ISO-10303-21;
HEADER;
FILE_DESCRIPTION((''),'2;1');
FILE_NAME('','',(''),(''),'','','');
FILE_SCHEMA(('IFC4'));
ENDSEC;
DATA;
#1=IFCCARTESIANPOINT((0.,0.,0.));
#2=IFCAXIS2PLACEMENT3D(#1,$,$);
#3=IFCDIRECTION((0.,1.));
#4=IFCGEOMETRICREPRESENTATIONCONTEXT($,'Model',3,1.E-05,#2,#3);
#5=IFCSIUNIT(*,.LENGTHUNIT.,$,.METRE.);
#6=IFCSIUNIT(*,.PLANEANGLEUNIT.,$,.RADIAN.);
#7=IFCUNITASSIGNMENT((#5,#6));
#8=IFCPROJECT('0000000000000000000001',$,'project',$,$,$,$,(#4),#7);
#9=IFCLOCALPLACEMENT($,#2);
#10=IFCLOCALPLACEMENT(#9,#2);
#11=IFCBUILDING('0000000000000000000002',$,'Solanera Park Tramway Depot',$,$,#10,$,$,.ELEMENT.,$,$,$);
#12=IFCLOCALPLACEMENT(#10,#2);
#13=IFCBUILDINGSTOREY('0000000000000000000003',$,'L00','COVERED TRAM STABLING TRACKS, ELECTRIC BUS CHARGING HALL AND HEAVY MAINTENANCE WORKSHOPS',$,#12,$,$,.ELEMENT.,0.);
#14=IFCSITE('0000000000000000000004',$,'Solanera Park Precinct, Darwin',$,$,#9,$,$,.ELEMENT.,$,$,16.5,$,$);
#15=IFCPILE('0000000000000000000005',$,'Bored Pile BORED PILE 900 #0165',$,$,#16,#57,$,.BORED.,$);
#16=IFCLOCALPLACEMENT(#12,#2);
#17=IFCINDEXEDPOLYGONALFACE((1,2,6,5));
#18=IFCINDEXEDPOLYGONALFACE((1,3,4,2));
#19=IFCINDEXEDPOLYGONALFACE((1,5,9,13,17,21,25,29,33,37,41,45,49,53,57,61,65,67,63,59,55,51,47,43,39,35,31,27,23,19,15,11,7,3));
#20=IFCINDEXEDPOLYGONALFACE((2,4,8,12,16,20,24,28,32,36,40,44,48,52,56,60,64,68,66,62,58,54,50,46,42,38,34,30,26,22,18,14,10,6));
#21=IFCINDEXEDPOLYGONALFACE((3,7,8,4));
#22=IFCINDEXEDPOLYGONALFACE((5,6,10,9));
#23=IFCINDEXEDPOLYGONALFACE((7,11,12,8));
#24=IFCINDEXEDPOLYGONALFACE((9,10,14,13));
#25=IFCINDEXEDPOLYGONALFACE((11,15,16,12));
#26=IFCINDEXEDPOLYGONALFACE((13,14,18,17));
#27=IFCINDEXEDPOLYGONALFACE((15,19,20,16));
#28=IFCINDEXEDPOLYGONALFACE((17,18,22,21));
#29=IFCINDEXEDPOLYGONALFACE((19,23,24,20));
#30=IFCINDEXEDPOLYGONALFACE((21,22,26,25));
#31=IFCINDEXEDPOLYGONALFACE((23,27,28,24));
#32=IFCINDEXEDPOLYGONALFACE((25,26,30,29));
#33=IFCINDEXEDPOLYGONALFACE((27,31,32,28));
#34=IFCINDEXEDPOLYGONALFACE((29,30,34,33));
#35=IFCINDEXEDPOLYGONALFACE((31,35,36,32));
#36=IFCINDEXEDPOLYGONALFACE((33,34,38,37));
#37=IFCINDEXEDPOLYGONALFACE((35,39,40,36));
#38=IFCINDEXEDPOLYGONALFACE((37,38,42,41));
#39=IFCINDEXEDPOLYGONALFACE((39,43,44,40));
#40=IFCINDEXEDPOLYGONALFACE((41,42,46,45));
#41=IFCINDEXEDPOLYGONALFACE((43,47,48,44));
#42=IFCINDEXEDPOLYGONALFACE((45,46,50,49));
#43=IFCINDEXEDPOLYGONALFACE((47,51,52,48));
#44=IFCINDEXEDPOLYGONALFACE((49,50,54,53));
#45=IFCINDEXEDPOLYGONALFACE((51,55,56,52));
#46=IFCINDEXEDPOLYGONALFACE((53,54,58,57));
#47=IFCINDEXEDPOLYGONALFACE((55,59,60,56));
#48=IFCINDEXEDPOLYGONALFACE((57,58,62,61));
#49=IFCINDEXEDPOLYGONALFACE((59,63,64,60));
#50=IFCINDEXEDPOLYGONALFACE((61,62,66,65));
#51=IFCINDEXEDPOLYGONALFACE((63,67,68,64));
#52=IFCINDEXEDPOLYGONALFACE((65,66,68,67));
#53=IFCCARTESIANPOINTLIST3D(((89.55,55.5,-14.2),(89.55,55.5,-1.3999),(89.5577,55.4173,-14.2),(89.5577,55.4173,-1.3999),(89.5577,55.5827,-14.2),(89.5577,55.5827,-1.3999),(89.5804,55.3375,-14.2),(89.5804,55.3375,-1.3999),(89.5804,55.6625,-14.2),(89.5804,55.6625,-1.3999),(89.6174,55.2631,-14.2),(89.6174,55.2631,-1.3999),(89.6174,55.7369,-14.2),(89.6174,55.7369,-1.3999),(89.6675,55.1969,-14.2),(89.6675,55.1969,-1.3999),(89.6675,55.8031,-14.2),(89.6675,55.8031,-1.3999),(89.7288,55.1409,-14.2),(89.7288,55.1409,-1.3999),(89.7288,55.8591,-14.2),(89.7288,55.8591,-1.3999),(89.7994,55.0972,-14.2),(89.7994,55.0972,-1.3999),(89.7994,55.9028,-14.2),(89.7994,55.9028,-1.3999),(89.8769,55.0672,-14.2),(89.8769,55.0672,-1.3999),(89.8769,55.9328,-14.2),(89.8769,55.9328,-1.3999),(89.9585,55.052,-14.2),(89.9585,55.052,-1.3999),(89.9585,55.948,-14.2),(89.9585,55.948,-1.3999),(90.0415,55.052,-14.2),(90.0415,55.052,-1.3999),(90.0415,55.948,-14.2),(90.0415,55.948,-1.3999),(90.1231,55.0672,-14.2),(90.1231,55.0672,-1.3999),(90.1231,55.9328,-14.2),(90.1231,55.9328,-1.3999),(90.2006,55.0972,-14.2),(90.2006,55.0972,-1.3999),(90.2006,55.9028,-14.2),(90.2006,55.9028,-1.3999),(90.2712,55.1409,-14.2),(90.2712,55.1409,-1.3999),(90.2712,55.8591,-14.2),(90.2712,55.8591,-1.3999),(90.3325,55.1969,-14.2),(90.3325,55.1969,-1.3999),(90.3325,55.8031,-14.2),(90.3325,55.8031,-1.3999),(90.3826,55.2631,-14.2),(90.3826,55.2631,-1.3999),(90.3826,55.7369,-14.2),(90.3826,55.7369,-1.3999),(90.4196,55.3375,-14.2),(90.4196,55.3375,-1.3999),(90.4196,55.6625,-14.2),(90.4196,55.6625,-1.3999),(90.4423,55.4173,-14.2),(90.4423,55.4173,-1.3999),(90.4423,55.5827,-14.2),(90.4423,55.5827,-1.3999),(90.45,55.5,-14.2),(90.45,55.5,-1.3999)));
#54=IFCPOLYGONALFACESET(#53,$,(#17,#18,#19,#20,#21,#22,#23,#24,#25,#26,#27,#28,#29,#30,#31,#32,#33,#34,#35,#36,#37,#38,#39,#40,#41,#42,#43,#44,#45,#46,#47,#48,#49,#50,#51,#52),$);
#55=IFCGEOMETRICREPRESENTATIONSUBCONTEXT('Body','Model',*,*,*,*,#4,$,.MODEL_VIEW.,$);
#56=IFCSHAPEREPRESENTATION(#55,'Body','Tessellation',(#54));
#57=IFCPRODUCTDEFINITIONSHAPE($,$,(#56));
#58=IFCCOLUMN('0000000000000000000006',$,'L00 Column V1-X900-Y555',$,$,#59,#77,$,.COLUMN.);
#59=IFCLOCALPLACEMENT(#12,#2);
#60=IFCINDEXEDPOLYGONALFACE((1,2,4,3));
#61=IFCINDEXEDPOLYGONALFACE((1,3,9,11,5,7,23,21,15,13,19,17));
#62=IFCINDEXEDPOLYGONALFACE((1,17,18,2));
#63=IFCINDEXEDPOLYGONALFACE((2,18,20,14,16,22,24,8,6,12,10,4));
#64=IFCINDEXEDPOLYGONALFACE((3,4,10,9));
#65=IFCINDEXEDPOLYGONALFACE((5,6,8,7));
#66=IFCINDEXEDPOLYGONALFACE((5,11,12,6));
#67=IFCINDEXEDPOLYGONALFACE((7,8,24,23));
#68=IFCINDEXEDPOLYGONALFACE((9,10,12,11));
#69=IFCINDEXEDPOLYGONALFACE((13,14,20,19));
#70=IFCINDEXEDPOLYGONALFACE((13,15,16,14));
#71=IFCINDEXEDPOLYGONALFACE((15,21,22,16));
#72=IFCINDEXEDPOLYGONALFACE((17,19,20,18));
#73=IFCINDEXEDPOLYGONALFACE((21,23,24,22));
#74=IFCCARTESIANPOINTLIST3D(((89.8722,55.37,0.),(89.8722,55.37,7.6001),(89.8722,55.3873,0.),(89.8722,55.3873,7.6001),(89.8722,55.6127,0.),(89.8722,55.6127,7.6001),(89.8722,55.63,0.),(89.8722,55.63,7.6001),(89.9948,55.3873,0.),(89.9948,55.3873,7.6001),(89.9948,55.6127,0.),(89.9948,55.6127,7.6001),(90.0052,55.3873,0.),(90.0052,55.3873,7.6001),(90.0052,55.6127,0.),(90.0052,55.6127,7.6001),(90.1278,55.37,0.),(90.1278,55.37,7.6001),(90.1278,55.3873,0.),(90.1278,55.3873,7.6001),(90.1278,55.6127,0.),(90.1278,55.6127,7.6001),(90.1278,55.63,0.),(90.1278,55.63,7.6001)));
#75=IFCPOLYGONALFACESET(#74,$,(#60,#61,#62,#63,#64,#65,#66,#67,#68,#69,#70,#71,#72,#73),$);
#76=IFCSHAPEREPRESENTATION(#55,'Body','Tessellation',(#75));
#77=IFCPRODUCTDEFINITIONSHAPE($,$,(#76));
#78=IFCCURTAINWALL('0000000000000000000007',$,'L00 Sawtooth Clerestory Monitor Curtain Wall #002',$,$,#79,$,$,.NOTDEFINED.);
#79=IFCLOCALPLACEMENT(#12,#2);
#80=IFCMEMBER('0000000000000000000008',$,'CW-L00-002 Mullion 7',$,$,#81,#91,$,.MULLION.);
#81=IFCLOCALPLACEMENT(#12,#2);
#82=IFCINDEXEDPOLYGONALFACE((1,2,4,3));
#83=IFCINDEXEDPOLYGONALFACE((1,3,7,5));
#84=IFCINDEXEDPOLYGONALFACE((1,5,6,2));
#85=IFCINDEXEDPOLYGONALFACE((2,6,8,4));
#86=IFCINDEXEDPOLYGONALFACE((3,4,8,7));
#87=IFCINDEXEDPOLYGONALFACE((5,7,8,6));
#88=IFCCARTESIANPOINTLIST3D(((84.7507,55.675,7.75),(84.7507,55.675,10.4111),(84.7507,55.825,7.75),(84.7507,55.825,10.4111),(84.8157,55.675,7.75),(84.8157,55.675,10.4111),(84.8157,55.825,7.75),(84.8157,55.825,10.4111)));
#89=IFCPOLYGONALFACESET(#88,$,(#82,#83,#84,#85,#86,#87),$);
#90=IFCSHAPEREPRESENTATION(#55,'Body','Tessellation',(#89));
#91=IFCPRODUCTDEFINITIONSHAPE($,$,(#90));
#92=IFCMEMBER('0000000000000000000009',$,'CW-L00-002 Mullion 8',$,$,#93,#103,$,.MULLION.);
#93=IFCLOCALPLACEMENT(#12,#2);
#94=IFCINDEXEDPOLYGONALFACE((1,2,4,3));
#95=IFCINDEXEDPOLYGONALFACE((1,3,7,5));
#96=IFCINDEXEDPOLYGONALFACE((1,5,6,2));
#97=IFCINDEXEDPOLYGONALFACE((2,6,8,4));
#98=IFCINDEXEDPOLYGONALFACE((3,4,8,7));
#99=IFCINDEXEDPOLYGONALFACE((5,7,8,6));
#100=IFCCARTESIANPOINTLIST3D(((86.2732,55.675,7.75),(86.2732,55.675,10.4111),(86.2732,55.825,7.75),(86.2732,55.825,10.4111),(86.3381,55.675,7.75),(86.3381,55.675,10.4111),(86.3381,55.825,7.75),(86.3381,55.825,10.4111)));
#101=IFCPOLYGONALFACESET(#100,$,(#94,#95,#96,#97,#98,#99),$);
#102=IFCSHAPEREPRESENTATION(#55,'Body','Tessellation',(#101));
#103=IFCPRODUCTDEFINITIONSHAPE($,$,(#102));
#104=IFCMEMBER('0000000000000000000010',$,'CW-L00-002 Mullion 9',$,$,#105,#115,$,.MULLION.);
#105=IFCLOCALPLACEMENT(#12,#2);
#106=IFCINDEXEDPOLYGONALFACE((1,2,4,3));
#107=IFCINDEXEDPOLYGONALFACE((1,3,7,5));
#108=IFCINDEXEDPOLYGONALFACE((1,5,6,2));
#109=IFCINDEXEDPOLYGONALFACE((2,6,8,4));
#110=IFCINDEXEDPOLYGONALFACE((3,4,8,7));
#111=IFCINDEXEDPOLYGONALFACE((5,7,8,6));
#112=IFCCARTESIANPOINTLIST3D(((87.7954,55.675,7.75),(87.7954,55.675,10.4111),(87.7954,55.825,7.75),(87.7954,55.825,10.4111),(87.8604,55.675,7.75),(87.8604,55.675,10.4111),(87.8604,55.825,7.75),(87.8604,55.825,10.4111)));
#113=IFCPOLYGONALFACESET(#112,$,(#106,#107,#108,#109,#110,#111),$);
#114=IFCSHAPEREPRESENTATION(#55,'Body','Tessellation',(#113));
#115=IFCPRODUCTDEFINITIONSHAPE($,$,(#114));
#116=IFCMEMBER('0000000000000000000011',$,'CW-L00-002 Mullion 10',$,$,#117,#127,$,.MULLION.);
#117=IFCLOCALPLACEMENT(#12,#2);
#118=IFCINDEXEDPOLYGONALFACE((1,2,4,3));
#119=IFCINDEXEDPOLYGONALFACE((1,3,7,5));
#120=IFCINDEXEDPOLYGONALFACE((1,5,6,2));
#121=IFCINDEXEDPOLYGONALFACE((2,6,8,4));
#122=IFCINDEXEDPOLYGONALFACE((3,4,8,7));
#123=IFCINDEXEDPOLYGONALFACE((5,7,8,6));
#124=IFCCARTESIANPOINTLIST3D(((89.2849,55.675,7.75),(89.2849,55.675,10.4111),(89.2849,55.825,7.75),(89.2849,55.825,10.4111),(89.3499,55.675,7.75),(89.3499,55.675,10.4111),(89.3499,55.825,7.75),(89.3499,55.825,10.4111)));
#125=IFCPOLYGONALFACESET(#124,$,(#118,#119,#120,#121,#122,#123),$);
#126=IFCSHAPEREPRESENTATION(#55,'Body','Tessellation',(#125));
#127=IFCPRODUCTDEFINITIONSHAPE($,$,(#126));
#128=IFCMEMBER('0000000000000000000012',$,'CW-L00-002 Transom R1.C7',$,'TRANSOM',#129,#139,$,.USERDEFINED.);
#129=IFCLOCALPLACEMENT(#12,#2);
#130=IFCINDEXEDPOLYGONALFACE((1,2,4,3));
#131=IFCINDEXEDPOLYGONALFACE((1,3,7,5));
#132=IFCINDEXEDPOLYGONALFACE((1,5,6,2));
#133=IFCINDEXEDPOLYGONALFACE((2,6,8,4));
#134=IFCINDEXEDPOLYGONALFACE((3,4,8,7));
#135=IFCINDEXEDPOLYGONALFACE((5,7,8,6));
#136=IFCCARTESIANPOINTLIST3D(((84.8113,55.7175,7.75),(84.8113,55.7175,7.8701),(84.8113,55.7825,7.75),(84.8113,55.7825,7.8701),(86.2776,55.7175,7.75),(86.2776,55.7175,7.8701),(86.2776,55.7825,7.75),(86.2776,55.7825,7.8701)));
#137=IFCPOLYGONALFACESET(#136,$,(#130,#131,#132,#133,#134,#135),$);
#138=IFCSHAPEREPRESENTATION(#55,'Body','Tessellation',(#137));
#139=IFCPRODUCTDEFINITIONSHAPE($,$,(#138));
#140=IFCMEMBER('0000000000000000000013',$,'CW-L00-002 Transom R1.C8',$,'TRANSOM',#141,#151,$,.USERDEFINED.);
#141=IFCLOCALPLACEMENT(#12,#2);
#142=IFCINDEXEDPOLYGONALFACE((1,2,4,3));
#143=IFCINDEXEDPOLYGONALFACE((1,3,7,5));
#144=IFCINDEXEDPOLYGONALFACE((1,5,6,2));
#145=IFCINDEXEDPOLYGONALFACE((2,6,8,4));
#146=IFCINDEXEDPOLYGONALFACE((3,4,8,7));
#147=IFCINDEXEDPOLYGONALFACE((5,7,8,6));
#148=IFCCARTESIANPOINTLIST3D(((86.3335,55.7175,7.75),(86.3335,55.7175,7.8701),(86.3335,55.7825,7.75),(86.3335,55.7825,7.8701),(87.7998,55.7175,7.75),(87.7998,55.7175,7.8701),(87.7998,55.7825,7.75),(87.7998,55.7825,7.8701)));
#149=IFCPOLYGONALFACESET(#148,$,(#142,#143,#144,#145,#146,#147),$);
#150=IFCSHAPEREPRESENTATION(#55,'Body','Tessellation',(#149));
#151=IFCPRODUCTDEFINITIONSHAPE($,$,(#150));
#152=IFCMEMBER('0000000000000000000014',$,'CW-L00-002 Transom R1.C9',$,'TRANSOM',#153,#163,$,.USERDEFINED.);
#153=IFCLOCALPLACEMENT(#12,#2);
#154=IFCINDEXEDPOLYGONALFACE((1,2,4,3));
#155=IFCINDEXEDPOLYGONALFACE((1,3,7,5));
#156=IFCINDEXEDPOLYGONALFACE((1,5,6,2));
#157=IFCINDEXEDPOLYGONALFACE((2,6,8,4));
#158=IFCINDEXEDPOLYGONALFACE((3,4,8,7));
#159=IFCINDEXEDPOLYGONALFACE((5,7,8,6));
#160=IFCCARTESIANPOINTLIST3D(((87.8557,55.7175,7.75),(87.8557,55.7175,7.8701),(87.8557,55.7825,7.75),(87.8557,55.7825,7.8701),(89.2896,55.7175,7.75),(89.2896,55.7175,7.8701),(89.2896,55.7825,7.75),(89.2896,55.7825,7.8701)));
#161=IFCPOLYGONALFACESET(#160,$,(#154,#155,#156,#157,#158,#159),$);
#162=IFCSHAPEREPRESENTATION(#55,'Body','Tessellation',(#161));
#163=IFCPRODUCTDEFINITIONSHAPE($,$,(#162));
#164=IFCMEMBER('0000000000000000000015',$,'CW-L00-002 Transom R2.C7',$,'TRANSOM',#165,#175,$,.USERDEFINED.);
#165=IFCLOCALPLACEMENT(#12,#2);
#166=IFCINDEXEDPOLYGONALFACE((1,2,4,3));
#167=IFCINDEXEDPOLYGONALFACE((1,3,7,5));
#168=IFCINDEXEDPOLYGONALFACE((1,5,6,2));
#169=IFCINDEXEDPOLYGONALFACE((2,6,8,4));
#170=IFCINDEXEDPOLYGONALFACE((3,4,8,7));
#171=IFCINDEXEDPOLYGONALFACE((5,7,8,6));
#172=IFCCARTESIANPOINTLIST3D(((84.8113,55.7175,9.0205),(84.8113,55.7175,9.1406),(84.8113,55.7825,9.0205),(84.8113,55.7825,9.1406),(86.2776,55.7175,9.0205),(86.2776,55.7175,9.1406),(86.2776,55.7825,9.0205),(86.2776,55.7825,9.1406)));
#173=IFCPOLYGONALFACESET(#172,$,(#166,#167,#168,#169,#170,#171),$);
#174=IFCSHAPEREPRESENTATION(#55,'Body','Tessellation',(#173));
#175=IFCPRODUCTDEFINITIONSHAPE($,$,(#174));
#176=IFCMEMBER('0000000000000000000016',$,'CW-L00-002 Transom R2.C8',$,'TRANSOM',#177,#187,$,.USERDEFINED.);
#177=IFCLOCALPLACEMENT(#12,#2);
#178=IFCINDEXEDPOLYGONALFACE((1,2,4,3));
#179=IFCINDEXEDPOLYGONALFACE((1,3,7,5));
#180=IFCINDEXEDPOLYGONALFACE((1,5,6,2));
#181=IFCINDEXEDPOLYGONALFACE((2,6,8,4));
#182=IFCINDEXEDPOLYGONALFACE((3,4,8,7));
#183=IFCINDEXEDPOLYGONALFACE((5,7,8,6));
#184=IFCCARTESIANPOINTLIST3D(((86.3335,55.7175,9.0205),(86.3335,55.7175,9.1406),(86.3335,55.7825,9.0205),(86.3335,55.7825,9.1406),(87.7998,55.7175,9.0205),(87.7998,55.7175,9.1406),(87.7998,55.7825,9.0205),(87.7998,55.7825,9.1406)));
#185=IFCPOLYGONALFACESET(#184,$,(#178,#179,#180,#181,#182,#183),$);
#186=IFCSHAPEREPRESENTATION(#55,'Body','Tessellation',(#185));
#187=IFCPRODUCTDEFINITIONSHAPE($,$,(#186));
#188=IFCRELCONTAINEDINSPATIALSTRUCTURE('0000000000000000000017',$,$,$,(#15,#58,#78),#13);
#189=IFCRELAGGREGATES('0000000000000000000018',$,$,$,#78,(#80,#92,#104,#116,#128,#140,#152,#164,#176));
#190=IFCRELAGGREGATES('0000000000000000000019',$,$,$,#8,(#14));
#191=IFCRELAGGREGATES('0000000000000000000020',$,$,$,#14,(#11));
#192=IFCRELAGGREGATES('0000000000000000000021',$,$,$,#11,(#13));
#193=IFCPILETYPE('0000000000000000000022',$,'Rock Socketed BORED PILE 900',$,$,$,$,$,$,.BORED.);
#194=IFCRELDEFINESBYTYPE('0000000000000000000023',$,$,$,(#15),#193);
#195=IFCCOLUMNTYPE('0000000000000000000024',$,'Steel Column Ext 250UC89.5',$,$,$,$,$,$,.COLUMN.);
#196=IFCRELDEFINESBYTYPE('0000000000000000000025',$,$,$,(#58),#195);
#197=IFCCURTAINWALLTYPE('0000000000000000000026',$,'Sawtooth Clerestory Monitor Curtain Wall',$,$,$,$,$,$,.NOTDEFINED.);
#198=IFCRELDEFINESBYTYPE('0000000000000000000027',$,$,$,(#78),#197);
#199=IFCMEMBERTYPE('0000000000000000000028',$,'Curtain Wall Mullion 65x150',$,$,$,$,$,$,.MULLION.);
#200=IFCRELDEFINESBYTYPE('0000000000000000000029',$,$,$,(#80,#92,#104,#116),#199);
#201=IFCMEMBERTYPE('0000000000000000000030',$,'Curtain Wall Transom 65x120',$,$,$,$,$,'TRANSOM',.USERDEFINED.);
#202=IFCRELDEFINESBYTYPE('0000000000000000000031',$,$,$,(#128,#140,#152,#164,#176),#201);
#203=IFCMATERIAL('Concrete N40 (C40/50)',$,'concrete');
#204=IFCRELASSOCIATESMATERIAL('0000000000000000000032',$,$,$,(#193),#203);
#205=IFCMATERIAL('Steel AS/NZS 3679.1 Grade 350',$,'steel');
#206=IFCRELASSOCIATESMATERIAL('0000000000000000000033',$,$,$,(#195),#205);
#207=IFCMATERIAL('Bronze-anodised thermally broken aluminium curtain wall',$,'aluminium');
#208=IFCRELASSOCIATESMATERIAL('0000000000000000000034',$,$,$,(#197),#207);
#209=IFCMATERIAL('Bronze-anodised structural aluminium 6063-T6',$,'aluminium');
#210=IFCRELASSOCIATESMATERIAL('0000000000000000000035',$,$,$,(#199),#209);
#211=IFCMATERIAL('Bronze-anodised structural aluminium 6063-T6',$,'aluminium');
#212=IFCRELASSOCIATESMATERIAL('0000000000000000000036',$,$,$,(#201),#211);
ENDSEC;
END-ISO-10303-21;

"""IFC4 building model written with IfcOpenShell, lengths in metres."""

from ifc_helpers import new_model, si_unit, direction, frame, origin, origin_2d, place, context, subcontext, project, spatial, rectangle, circle, i_section, extrude, material, material_profile, profile_set, type_object, element, aggregate, save


model = new_model("IFC4")

# Units and contexts
model_context = context("Model", 3, precision=1e-05, world=origin(), true_north=direction((0.0, 1.0)))
body_context = subcontext(model_context, "Body", "Model", "MODEL_VIEW")
ifc_project = project(units=[si_unit("LENGTHUNIT", "METRE"), si_unit("PLANEANGLEUNIT", "RADIAN")], contexts=[model_context])

# Site, building, storey
site_placement = place(None, origin())
site = spatial("IfcSite", under=ifc_project, at=site_placement, Name="Solanera Park Precinct, Darwin", CompositionType="ELEMENT", RefElevation=16.5)
building_placement = place(site_placement, origin())
building = spatial("IfcBuilding", under=site, at=building_placement, Name="Solanera Park Tramway Depot", CompositionType="ELEMENT")
storey_placement = place(building_placement, origin())
storey = spatial("IfcBuildingStorey", under=building, at=storey_placement, Name="L00", Description="COVERED TRAM STABLING TRACKS, ELECTRIC BUS CHARGING HALL AND HEAVY MAINTENANCE WORKSHOPS", CompositionType="ELEMENT", Elevation=0.0)

# Pile
ifc_material_1 = material(Name="Concrete N40 (C40/50)", Category="concrete")
ifc_material_profile_1 = material_profile(ifc_material_1, circle(Radius=0.45, at=origin_2d()), Name="BORED PILE 900")
ifc_profile_set_1 = profile_set([ifc_material_profile_1], Name="Concrete N40 (C40/50)")
pile_type = type_object("IfcPileType", Name="Rock Socketed BORED PILE 900", PredefinedType="BORED", material=ifc_profile_set_1)
pile_placement = place(storey_placement, frame((90.0, 55.5, -1.3999), z_axis=(0.0, 0.0, -1.0), x_axis=(1.0, 0.0, 0.0)))
element("IfcPile", 1, at=pile_placement, inside=storey, type_object=pile_type, Name="Bored Pile BORED PILE 900 #0165", PredefinedType="BORED", context=body_context, shape_type="SweptSolid", body=[
    extrude(circle(Radius=0.45, at=origin_2d()), origin(), (0.0, 0.0, 1.0), 12.8),
])

# Column
ifc_material_2 = material(Name="Steel AS/NZS 3679.1 Grade 350", Category="steel")
ifc_material_profile_2 = material_profile(ifc_material_2, i_section(OverallWidth=0.2556, OverallDepth=0.26, WebThickness=0.0105, FlangeThickness=0.0173, at=origin_2d()), Name="250UC89.5")
ifc_profile_set_2 = profile_set([ifc_material_profile_2], Name="Steel AS/NZS 3679.1 Grade 350")
column_type = type_object("IfcColumnType", Name="Steel Column Ext 250UC89.5", PredefinedType="COLUMN", material=ifc_profile_set_2)
column_placement = place(storey_placement, frame((90.0, 55.5, 0.0), z_axis=(0.0, 0.0, 1.0), x_axis=(1.0, 0.0, 0.0)))
element("IfcColumn", 2, at=column_placement, inside=storey, type_object=column_type, Name="L00 Column V1-X900-Y555", PredefinedType="COLUMN", context=body_context, shape_type="SweptSolid", body=[
    extrude(i_section(OverallWidth=0.2556, OverallDepth=0.26, WebThickness=0.0105, FlangeThickness=0.0173, at=origin_2d()), origin(), (0.0, 0.0, 1.0), 7.6001),
])

# Curtain wall, members
ifc_material_3 = material(Name="Bronze-anodised thermally broken aluminium curtain wall", Category="aluminium")
curtain_wall_type = type_object("IfcCurtainWallType", Name="Sawtooth Clerestory Monitor Curtain Wall", PredefinedType="NOTDEFINED", material=ifc_material_3)
curtain_wall_placement = place(storey_placement, origin())
curtain_wall = element("IfcCurtainWall", 3, at=curtain_wall_placement, inside=storey, type_object=curtain_wall_type, Name="L00 Sawtooth Clerestory Monitor Curtain Wall #002", PredefinedType="NOTDEFINED")
ifc_material_4 = material(Name="Bronze-anodised structural aluminium 6063-T6", Category="aluminium")
ifc_material_profile_3 = material_profile(ifc_material_4, rectangle(XDim=0.0649, YDim=0.1499, at=origin_2d()), Name="Curtain Wall Mullion 65x150")
ifc_profile_set_3 = profile_set([ifc_material_profile_3], Name="Bronze-anodised structural aluminium 6063-T6")
member_type_1 = type_object("IfcMemberType", Name="Curtain Wall Mullion 65x150", PredefinedType="MULLION", material=ifc_profile_set_3)
member_1_placement = place(storey_placement, frame((84.7832, 55.75, 7.75), z_axis=(0.0, 0.0, 1.0), x_axis=(1.0, 0.0, 0.0)))
member_1 = element("IfcMember", 4, at=member_1_placement, type_object=member_type_1, Name="CW-L00-002 Mullion 7", PredefinedType="MULLION", context=body_context, shape_type="SweptSolid", body=[
    extrude(rectangle(XDim=0.0649, YDim=0.1499, at=origin_2d()), origin(), (0.0, 0.0, 1.0), 2.6611),
])
member_2_placement = place(storey_placement, frame((86.3057, 55.75, 7.75), z_axis=(0.0, 0.0, 1.0), x_axis=(1.0, 0.0, 0.0)))
member_2 = element("IfcMember", 5, at=member_2_placement, type_object=member_type_1, Name="CW-L00-002 Mullion 8", PredefinedType="MULLION", context=body_context, shape_type="SweptSolid", body=[
    extrude(rectangle(XDim=0.0649, YDim=0.1499, at=origin_2d()), origin(), (0.0, 0.0, 1.0), 2.6611),
])
member_3_placement = place(storey_placement, frame((87.8279, 55.75, 7.75), z_axis=(0.0, 0.0, 1.0), x_axis=(1.0, 0.0, 0.0)))
member_3 = element("IfcMember", 6, at=member_3_placement, type_object=member_type_1, Name="CW-L00-002 Mullion 9", PredefinedType="MULLION", context=body_context, shape_type="SweptSolid", body=[
    extrude(rectangle(XDim=0.0649, YDim=0.1499, at=origin_2d()), origin(), (0.0, 0.0, 1.0), 2.6611),
])
member_4_placement = place(storey_placement, frame((89.3174, 55.75, 7.75), z_axis=(0.0, 0.0, 1.0), x_axis=(1.0, 0.0, 0.0)))
member_4 = element("IfcMember", 7, at=member_4_placement, type_object=member_type_1, Name="CW-L00-002 Mullion 10", PredefinedType="MULLION", context=body_context, shape_type="SweptSolid", body=[
    extrude(rectangle(XDim=0.0649, YDim=0.1499, at=origin_2d()), origin(), (0.0, 0.0, 1.0), 2.6611),
])
ifc_material_5 = material(Name="Bronze-anodised structural aluminium 6063-T6", Category="aluminium")
ifc_material_profile_4 = material_profile(ifc_material_5, rectangle(XDim=0.0649, YDim=0.1201, at=origin_2d()), Name="Curtain Wall Transom 65x120")
ifc_profile_set_4 = profile_set([ifc_material_profile_4], Name="Bronze-anodised structural aluminium 6063-T6")
member_type_2 = type_object("IfcMemberType", Name="Curtain Wall Transom 65x120", ElementType="TRANSOM", PredefinedType="USERDEFINED", material=ifc_profile_set_4)
member_5_placement = place(storey_placement, frame((84.8113, 55.75, 7.8101), z_axis=(1.0, 0.0, 0.0), x_axis=(0.0, 1.0, 0.0)))
member_5 = element("IfcMember", 8, at=member_5_placement, type_object=member_type_2, Name="CW-L00-002 Transom R1.C7", ObjectType="TRANSOM", PredefinedType="USERDEFINED", context=body_context, shape_type="SweptSolid", body=[
    extrude(rectangle(XDim=0.0649, YDim=0.1201, at=origin_2d()), origin(), (0.0, 0.0, 1.0), 1.4663),
])
member_6_placement = place(storey_placement, frame((86.3335, 55.75, 7.8101), z_axis=(1.0, 0.0, 0.0), x_axis=(0.0, 1.0, 0.0)))
member_6 = element("IfcMember", 9, at=member_6_placement, type_object=member_type_2, Name="CW-L00-002 Transom R1.C8", ObjectType="TRANSOM", PredefinedType="USERDEFINED", context=body_context, shape_type="SweptSolid", body=[
    extrude(rectangle(XDim=0.0649, YDim=0.1201, at=origin_2d()), origin(), (0.0, 0.0, 1.0), 1.4663),
])
member_7_placement = place(storey_placement, frame((87.8557, 55.75, 7.8101), z_axis=(1.0, 0.0, 0.0), x_axis=(0.0, 1.0, 0.0)))
member_7 = element("IfcMember", 10, at=member_7_placement, type_object=member_type_2, Name="CW-L00-002 Transom R1.C9", ObjectType="TRANSOM", PredefinedType="USERDEFINED", context=body_context, shape_type="SweptSolid", body=[
    extrude(rectangle(XDim=0.0649, YDim=0.1201, at=origin_2d()), origin(), (0.0, 0.0, 1.0), 1.4338),
])
member_8_placement = place(storey_placement, frame((84.8113, 55.75, 9.0806), z_axis=(1.0, 0.0, 0.0), x_axis=(0.0, 1.0, 0.0)))
member_8 = element("IfcMember", 11, at=member_8_placement, type_object=member_type_2, Name="CW-L00-002 Transom R2.C7", ObjectType="TRANSOM", PredefinedType="USERDEFINED", context=body_context, shape_type="SweptSolid", body=[
    extrude(rectangle(XDim=0.0649, YDim=0.1201, at=origin_2d()), origin(), (0.0, 0.0, 1.0), 1.4663),
])
member_9_placement = place(storey_placement, frame((86.3335, 55.75, 9.0806), z_axis=(1.0, 0.0, 0.0), x_axis=(0.0, 1.0, 0.0)))
member_9 = element("IfcMember", 12, at=member_9_placement, type_object=member_type_2, Name="CW-L00-002 Transom R2.C8", ObjectType="TRANSOM", PredefinedType="USERDEFINED", context=body_context, shape_type="SweptSolid", body=[
    extrude(rectangle(XDim=0.0649, YDim=0.1201, at=origin_2d()), origin(), (0.0, 0.0, 1.0), 1.4663),
])

aggregate(curtain_wall, [member_1, member_2, member_3, member_4, member_5, member_6, member_7, member_8, member_9])

save(model, "model.ifc")
